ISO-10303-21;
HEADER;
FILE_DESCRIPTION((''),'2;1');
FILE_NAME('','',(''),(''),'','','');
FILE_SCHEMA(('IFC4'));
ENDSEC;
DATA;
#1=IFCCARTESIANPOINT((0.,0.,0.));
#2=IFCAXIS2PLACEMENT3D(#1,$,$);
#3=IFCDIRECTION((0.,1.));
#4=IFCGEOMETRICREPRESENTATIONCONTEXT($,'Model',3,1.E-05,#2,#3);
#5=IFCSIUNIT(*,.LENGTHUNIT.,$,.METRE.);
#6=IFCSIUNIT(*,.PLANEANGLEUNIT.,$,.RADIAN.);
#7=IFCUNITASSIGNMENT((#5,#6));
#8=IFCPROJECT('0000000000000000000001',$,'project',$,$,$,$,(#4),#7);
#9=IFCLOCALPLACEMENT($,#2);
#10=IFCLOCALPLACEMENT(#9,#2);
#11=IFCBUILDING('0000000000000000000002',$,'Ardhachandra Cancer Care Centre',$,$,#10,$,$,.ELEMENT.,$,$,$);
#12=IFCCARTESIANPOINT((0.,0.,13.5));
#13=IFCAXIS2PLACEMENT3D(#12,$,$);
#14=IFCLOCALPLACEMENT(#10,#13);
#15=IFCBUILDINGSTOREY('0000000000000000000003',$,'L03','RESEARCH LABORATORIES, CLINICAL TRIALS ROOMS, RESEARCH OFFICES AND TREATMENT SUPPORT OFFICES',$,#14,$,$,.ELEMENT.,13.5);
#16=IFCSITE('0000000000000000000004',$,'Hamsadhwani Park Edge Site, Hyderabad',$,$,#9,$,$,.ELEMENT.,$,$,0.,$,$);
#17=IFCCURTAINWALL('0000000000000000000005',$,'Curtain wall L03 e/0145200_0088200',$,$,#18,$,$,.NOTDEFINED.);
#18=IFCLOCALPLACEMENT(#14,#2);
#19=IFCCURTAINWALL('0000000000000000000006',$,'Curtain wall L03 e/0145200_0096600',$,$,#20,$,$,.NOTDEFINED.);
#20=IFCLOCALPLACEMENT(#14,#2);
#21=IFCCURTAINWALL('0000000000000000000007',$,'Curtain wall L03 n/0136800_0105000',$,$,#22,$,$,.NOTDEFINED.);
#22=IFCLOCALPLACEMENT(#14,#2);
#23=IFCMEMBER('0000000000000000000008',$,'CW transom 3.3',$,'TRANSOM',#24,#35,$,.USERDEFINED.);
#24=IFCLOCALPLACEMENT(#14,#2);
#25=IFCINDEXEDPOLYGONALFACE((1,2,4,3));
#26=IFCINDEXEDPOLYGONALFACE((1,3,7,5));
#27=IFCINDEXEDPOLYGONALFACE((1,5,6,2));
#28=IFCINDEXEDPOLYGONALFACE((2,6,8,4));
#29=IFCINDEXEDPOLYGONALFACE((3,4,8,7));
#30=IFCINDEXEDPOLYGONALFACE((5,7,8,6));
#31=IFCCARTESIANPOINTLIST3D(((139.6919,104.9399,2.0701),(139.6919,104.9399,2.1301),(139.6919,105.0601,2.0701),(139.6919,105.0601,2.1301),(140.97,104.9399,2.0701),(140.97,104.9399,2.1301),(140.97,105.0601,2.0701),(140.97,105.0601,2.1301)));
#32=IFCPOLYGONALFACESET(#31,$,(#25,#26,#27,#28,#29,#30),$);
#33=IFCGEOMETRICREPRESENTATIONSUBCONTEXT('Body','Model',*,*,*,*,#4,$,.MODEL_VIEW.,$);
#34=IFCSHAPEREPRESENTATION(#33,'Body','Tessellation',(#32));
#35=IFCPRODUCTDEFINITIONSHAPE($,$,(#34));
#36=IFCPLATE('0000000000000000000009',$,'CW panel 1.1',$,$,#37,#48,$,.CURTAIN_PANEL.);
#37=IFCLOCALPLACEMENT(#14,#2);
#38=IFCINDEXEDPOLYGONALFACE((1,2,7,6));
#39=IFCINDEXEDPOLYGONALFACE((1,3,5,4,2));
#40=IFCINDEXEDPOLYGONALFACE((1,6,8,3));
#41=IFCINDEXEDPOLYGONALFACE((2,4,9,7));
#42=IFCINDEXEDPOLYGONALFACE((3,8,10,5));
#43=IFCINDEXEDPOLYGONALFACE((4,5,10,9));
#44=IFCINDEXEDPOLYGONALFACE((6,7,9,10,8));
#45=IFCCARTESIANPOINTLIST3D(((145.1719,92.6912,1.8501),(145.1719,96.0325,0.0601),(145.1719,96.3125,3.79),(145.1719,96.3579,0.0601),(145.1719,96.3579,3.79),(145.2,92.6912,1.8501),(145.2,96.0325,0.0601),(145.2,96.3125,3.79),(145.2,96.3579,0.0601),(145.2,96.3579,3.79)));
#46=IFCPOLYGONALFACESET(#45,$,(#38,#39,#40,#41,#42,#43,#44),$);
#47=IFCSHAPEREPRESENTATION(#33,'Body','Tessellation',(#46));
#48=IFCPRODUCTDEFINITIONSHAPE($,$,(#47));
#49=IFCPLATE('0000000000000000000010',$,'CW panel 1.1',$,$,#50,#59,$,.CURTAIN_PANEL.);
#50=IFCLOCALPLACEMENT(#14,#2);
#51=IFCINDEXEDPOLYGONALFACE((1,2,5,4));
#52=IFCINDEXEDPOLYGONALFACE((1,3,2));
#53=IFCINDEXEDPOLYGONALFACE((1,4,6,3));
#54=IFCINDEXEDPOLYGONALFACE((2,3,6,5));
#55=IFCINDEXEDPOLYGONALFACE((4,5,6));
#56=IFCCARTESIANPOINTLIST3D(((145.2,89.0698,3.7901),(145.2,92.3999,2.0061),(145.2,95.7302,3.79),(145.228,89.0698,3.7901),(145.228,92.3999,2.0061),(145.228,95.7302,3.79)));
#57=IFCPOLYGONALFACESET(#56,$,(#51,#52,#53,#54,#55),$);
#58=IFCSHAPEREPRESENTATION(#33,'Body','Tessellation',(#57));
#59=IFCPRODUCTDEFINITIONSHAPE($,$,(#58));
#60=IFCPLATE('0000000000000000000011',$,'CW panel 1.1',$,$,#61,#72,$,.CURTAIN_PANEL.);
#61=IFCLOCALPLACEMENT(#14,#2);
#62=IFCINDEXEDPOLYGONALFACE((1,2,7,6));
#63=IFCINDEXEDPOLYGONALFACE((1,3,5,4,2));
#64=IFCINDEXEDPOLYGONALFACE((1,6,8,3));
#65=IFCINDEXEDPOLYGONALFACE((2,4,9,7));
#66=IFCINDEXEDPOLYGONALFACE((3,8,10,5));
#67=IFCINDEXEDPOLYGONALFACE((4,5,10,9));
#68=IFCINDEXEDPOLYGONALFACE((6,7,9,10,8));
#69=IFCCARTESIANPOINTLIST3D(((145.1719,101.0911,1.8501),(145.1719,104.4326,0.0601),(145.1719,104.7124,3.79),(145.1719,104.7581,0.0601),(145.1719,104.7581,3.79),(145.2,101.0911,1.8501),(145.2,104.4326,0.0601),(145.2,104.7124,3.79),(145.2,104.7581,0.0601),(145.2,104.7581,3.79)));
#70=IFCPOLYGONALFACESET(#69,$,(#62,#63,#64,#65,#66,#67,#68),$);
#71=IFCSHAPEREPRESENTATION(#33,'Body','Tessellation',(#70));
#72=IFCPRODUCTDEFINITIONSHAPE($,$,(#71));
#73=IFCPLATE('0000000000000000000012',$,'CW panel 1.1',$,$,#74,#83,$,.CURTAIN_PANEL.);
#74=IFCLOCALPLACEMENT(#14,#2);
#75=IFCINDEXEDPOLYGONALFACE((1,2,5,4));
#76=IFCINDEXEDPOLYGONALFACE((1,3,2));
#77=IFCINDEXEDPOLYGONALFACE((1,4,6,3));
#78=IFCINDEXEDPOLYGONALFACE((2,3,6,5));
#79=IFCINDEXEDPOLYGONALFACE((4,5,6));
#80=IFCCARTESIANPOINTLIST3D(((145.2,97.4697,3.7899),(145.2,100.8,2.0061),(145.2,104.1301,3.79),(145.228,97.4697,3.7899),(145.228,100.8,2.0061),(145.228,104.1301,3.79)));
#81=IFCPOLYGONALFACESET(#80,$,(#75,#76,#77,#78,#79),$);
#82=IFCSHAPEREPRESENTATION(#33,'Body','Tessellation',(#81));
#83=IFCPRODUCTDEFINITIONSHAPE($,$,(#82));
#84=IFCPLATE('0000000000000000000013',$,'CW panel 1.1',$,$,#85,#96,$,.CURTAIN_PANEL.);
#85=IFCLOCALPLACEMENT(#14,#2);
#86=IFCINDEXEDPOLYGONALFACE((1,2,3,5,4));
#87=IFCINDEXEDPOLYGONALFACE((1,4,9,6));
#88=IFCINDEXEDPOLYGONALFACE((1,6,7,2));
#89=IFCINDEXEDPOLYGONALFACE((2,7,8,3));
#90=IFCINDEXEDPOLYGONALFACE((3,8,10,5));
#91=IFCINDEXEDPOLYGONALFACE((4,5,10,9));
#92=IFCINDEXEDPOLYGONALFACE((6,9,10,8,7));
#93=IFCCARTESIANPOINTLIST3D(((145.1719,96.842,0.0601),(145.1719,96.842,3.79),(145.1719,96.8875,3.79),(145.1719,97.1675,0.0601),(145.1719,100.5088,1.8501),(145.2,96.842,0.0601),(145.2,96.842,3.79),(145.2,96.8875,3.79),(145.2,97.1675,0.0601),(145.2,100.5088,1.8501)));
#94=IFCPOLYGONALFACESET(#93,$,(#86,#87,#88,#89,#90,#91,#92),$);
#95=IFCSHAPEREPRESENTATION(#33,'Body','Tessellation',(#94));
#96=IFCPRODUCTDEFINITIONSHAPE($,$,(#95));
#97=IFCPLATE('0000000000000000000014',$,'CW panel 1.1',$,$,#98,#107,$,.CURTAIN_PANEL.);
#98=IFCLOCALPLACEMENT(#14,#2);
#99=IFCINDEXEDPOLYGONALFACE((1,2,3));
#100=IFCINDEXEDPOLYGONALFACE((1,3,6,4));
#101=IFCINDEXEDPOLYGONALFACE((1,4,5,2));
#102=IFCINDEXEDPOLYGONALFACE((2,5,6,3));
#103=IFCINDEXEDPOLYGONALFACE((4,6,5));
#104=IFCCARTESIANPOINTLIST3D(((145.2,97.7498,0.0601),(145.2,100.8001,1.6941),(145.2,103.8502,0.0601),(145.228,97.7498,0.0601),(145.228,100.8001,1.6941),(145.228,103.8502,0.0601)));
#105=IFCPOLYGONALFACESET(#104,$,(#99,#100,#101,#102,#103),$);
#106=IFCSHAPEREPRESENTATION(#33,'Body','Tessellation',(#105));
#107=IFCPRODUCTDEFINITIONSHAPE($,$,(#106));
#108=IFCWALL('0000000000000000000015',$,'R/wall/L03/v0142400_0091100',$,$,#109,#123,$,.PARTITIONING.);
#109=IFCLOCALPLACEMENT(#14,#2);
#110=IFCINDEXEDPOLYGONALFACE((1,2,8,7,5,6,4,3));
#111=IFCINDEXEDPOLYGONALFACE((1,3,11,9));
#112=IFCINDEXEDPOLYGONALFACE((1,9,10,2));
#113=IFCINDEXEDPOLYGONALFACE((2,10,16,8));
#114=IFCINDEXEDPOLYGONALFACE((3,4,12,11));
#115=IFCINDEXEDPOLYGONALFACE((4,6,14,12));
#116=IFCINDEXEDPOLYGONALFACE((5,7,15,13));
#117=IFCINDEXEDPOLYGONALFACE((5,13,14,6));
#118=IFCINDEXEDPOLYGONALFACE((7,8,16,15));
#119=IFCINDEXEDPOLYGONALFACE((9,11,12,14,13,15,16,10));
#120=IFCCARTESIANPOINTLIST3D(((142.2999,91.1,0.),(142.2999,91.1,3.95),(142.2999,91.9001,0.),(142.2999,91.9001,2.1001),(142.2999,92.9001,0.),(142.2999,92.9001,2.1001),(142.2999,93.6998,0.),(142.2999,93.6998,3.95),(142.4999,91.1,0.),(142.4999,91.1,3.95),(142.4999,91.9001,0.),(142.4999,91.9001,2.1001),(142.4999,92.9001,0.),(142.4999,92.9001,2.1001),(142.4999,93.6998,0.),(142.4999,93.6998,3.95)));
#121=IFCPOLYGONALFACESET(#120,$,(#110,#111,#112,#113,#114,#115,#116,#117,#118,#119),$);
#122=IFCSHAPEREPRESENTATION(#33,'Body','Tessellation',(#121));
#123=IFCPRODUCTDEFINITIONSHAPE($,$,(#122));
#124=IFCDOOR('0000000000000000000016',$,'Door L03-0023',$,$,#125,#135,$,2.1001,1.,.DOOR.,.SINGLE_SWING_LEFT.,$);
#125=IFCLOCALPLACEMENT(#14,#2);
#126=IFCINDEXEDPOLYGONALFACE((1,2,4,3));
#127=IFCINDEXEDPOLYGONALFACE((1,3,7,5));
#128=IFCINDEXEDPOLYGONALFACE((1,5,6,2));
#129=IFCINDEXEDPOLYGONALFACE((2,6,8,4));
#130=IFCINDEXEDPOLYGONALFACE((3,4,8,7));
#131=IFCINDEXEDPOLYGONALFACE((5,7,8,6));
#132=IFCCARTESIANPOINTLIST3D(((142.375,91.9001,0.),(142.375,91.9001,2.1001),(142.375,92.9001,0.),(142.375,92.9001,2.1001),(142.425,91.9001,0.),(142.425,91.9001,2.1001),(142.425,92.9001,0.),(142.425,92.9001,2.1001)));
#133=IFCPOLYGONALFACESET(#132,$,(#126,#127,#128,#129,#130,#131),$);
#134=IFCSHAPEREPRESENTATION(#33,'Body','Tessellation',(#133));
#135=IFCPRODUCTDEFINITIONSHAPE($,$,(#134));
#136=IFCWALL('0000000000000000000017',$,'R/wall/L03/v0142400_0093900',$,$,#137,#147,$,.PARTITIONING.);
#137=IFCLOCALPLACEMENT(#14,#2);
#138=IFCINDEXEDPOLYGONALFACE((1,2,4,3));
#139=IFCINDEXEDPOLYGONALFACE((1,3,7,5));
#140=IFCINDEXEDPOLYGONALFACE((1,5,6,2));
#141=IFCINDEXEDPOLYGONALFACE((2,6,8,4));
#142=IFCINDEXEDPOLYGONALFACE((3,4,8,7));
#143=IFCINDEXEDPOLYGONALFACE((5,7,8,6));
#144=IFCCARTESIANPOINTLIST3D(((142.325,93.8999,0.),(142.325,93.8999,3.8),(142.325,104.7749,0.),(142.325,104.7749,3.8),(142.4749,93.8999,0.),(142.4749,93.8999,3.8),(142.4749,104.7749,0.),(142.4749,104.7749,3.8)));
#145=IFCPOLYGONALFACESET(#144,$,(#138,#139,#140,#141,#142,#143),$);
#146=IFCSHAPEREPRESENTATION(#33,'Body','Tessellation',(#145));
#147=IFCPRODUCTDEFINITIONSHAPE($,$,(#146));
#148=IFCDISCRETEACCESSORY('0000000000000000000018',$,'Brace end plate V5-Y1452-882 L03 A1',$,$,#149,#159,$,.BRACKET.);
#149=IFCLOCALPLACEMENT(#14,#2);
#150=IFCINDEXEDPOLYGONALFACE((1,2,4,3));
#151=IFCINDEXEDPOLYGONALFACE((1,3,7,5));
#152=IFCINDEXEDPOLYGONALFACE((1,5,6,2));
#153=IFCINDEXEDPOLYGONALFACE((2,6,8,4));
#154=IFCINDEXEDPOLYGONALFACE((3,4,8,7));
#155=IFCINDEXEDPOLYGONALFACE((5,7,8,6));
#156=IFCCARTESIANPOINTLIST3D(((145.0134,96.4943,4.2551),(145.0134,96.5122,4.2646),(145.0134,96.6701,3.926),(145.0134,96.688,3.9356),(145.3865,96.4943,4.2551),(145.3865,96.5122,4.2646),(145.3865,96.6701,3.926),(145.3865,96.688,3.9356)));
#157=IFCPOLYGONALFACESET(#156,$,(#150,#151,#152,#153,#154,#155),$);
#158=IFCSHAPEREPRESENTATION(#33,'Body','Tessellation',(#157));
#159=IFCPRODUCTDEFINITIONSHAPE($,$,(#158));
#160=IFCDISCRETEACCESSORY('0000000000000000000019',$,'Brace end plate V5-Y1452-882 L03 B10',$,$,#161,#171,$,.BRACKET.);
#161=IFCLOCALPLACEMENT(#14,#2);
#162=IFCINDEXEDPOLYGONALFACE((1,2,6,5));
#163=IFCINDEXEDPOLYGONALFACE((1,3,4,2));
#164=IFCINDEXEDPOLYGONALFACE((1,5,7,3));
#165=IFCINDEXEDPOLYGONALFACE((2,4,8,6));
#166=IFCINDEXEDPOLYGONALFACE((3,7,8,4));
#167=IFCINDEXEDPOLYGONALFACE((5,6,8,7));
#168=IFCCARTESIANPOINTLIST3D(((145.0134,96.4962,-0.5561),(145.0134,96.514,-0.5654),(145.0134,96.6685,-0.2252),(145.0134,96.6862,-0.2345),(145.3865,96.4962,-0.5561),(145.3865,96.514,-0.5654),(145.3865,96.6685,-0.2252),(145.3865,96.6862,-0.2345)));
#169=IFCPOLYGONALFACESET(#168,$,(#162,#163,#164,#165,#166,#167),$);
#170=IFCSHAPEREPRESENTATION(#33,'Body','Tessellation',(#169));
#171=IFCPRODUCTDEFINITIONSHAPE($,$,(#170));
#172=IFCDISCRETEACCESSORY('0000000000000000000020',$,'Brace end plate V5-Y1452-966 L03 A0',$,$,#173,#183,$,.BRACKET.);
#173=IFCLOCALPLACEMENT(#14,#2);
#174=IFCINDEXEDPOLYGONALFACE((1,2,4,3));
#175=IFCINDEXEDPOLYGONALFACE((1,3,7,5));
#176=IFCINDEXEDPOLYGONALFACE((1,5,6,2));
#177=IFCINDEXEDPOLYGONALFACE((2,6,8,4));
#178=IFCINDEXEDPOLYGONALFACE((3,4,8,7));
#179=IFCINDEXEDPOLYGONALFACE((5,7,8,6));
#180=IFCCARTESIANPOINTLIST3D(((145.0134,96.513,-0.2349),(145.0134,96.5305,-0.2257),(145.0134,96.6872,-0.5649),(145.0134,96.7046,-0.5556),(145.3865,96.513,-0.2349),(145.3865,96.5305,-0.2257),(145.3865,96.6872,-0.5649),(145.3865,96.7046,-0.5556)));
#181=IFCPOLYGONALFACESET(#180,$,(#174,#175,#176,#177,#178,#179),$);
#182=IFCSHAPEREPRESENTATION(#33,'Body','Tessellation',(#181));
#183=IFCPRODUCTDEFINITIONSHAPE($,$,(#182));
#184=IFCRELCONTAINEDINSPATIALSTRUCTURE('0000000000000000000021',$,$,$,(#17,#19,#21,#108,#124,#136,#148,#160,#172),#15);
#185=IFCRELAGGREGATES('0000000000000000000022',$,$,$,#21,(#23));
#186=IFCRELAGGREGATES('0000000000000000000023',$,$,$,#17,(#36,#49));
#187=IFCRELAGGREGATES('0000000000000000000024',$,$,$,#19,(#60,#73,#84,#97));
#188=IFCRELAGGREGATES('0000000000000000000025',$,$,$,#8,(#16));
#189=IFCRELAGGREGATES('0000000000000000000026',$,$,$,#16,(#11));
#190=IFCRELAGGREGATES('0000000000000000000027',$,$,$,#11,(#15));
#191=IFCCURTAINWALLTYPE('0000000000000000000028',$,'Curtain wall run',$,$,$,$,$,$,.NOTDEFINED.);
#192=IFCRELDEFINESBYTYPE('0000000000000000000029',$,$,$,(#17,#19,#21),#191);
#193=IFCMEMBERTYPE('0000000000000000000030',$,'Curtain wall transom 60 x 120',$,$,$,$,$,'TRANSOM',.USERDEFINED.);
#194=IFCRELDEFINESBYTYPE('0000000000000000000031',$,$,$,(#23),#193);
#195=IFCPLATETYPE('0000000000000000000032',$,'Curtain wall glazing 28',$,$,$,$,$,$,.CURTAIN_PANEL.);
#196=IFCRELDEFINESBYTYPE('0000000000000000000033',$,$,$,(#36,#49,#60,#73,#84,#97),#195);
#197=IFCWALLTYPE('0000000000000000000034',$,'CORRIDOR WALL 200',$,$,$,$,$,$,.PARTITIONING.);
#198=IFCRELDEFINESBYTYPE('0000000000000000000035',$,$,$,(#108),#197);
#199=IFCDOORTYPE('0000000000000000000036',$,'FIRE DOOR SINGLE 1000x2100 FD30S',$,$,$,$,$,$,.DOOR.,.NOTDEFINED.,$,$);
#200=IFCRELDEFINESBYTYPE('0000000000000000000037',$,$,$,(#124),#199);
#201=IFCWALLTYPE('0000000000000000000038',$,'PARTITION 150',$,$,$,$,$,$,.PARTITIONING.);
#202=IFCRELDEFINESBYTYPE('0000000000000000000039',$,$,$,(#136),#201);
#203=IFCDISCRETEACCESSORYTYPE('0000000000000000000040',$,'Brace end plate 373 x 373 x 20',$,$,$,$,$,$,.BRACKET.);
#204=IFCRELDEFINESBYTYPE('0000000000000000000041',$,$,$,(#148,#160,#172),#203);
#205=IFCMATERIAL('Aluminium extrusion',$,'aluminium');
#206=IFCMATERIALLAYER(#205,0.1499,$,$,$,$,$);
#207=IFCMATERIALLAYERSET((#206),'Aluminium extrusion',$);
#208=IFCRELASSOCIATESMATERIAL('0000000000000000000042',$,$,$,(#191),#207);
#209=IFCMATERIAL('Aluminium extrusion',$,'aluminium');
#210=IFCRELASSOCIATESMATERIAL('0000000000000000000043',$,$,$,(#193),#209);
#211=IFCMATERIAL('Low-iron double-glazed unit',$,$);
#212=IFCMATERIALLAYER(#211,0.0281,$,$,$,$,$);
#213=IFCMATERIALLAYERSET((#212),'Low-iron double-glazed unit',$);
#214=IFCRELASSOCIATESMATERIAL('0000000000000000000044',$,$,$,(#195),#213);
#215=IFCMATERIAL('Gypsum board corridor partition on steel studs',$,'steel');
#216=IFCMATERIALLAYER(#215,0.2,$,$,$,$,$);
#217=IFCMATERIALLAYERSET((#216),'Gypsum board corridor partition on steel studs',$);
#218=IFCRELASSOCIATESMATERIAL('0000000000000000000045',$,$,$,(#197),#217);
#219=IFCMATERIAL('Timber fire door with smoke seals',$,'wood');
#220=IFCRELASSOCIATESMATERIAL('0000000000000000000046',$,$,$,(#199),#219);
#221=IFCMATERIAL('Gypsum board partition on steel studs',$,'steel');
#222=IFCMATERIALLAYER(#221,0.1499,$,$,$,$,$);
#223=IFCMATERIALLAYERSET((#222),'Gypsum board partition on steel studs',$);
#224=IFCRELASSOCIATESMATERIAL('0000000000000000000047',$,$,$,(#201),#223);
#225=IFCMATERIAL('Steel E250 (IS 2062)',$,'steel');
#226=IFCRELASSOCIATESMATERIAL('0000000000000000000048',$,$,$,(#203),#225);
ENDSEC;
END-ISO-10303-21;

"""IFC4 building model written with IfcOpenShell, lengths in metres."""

from ifc_helpers import new_model, si_unit, direction, frame, frame_2d, origin, origin_2d, place, context, subcontext, project, spatial, polyline, rectangle, outline, extrude, material, layer, layer_set, material_profile, profile_set, type_object, element, fill, aggregate, save


model = new_model("IFC4")

# Units and contexts
model_context = context("Model", 3, precision=1e-05, world=origin(), true_north=direction((0.0, 1.0)))
body_context = subcontext(model_context, "Body", "Model", "MODEL_VIEW")
ifc_project = project(units=[si_unit("LENGTHUNIT", "METRE"), si_unit("PLANEANGLEUNIT", "RADIAN")], contexts=[model_context])

# Site, building, storey
site_placement = place(None, origin())
site = spatial("IfcSite", under=ifc_project, at=site_placement, Name="Hamsadhwani Park Edge Site, Hyderabad", CompositionType="ELEMENT", RefElevation=0.0)
building_placement = place(site_placement, origin())
building = spatial("IfcBuilding", under=site, at=building_placement, Name="Ardhachandra Cancer Care Centre", CompositionType="ELEMENT")
storey_placement = place(building_placement, frame((0.0, 0.0, 13.5)))
storey = spatial("IfcBuildingStorey", under=building, at=storey_placement, Name="L03", Description="RESEARCH LABORATORIES, CLINICAL TRIALS ROOMS, RESEARCH OFFICES AND TREATMENT SUPPORT OFFICES", CompositionType="ELEMENT", Elevation=13.5)

# Curtain wall
ifc_material_1 = material(Name="Aluminium extrusion", Category="aluminium")
ifc_layer_1 = layer(ifc_material_1, 0.1499)
ifc_layer_set_1 = layer_set([ifc_layer_1], Name="Aluminium extrusion")
curtain_wall_type = type_object("IfcCurtainWallType", Name="Curtain wall run", PredefinedType="NOTDEFINED", material=ifc_layer_set_1)
curtain_wall_1_placement = place(storey_placement, origin())
curtain_wall_1 = element("IfcCurtainWall", 1, at=curtain_wall_1_placement, inside=storey, type_object=curtain_wall_type, Name="Curtain wall L03 e/0145200_0088200", PredefinedType="NOTDEFINED")

# Curtain wall
curtain_wall_2_placement = place(storey_placement, origin())
curtain_wall_2 = element("IfcCurtainWall", 2, at=curtain_wall_2_placement, inside=storey, type_object=curtain_wall_type, Name="Curtain wall L03 e/0145200_0096600", PredefinedType="NOTDEFINED")

# Shared definitions
ifc_material_2 = material(Name="Aluminium extrusion", Category="aluminium")
ifc_material_profile_1 = material_profile(ifc_material_2, rectangle(XDim=0.1201, YDim=0.0601, at=origin_2d()), Name="Curtain wall transom 60 x 120")
ifc_profile_set_1 = profile_set([ifc_material_profile_1], Name="Aluminium extrusion")
member_type_1 = type_object("IfcMemberType", Name="Curtain wall transom 60 x 120", ElementType="TRANSOM", PredefinedType="USERDEFINED", material=ifc_profile_set_1)

# Curtain wall, member
curtain_wall_3_placement = place(storey_placement, origin())
curtain_wall_3 = element("IfcCurtainWall", 3, at=curtain_wall_3_placement, inside=storey, type_object=curtain_wall_type, Name="Curtain wall L03 n/0136800_0105000", PredefinedType="NOTDEFINED")
member_1_placement = place(storey_placement, frame((139.6919, 105.0, 2.1001), z_axis=(1.0, 0.0, 0.0), x_axis=(0.0, 1.0, 0.0)))
member_1 = element("IfcMember", 4, at=member_1_placement, type_object=member_type_1, Name="CW transom 3.3", ObjectType="TRANSOM", PredefinedType="USERDEFINED", context=body_context, shape_type="SweptSolid", body=[
    extrude(rectangle(XDim=0.1201, YDim=0.0601, at=origin_2d()), origin(), (0.0, 0.0, 1.0), 1.2781),
])
aggregate(curtain_wall_3, [member_1])

# Plates
ifc_material_3 = material(Name="Low-iron double-glazed unit")
ifc_layer_2 = layer(ifc_material_3, 0.0281)
ifc_layer_set_2 = layer_set([ifc_layer_2], Name="Low-iron double-glazed unit")
plate_type = type_object("IfcPlateType", Name="Curtain wall glazing 28", PredefinedType="CURTAIN_PANEL", material=ifc_layer_set_2)
plate_1_placement = place(storey_placement, frame((145.2, 96.3579, 3.79), z_axis=(-1.0, 0.0, 0.0), x_axis=(0.0, 0.0, -1.0)))
plate_1 = element("IfcPlate", 5, at=plate_1_placement, type_object=plate_type, Name="CW panel 1.1", PredefinedType="CURTAIN_PANEL", context=body_context, shape_type="SweptSolid", body=[
    extrude(outline(polyline([(0.0, 0.0), (3.73, 0.0), (3.73, 0.3254), (1.9399, 3.6667), (0.0, 0.0454), (0.0, 0.0)])), origin(), (0.0, 0.0, 1.0), 0.0281),
])
plate_2_placement = place(storey_placement, frame((145.2, 95.7302, 3.79), z_axis=(-1.0, 0.0, 0.0), x_axis=(0.0, -0.881498, -0.472187)))
plate_2 = element("IfcPlate", 6, at=plate_2_placement, type_object=plate_type, Name="CW panel 1.1", PredefinedType="CURTAIN_PANEL", context=body_context, shape_type="SweptSolid", body=[
    extrude(outline(polyline([(0.0, 0.0), (3.7781, 0.0), (5.8711, 3.145), (0.0, 0.0)])), frame((0.0, 0.0, -0.0281)), (0.0, 0.0, 1.0), 0.0281),
])
aggregate(curtain_wall_1, [plate_1, plate_2])
plate_3_placement = place(storey_placement, frame((145.2, 104.7581, 3.79), z_axis=(-1.0, 0.0, 0.0), x_axis=(0.0, 0.0, -1.0)))
plate_3 = element("IfcPlate", 7, at=plate_3_placement, type_object=plate_type, Name="CW panel 1.1", PredefinedType="CURTAIN_PANEL", context=body_context, shape_type="SweptSolid", body=[
    extrude(outline(polyline([(0.0, 0.0), (3.73, 0.0), (3.73, 0.3254), (1.9399, 3.667), (0.0, 0.0457), (0.0, 0.0)])), origin(), (0.0, 0.0, 1.0), 0.0281),
])
plate_4_placement = place(storey_placement, frame((145.2, 104.1301, 3.79), z_axis=(-1.0, 0.0, 0.0), x_axis=(0.0, -0.881484, -0.472214)))
plate_4 = element("IfcPlate", 8, at=plate_4_placement, type_object=plate_type, Name="CW panel 1.1", PredefinedType="CURTAIN_PANEL", context=body_context, shape_type="SweptSolid", body=[
    extrude(outline(polyline([(0.0, 0.0), (3.7778, 0.0), (5.8711, 3.145), (0.0, 0.0)])), frame((0.0, 0.0, -0.0281)), (0.0, 0.0, 1.0), 0.0281),
])
plate_5_placement = place(storey_placement, frame((145.2, 96.842, 0.0601), z_axis=(-1.0, 0.0, 0.0), x_axis=(0.0, 0.0, 1.0)))
plate_5 = element("IfcPlate", 9, at=plate_5_placement, type_object=plate_type, Name="CW panel 1.1", PredefinedType="CURTAIN_PANEL", context=body_context, shape_type="SweptSolid", body=[
    extrude(outline(polyline([(0.0, 0.0), (3.73, 0.0), (3.73, 0.0454), (1.79, 3.6667), (0.0, 0.3254), (0.0, 0.0)])), origin(), (0.0, 0.0, 1.0), 0.0281),
])
plate_6_placement = place(storey_placement, frame((145.2, 97.7498, 0.0601), z_axis=(-1.0, 0.0, 0.0), x_axis=(0.0, 0.881486, 0.47221)))
plate_6 = element("IfcPlate", 10, at=plate_6_placement, type_object=plate_type, Name="CW panel 1.1", PredefinedType="CURTAIN_PANEL", context=body_context, shape_type="SweptSolid", body=[
    extrude(outline(polyline([(0.0, 0.0), (3.4604, 0.0), (5.3774, 2.8806), (0.0, 0.0)])), frame((0.0, 0.0, -0.0281)), (0.0, 0.0, 1.0), 0.0281),
])
aggregate(curtain_wall_2, [plate_3, plate_4, plate_5, plate_6])

# Wall, opening, door
ifc_material_4 = material(Name="Gypsum board corridor partition on steel studs", Category="steel")
ifc_layer_3 = layer(ifc_material_4, 0.2)
ifc_layer_set_3 = layer_set([ifc_layer_3], Name="Gypsum board corridor partition on steel studs")
wall_type_1 = type_object("IfcWallType", Name="CORRIDOR WALL 200", PredefinedType="PARTITIONING", material=ifc_layer_set_3)
wall_1_placement = place(storey_placement, frame((142.3999, 91.1001, 0.0), z_axis=(0.0, 0.0, 1.0), x_axis=(0.0, 1.0, 0.0)))
wall_1 = element("IfcWall", 11, at=wall_1_placement, inside=storey, type_object=wall_type_1, Name="R/wall/L03/v0142400_0091100", PredefinedType="PARTITIONING", context=body_context, shape_type="SweptSolid", body=[
    extrude(rectangle(XDim=2.5999, YDim=0.2, at=frame_2d((1.2998, 0.0))), origin(), (0.0, 0.0, 1.0), 3.95),
])
opening_placement = place(wall_1_placement, frame((0.8, 0.0, 0.0)))
opening = element("IfcOpeningElement", 12, at=opening_placement, cuts=wall_1, PredefinedType="OPENING", context=body_context, shape_type="SweptSolid", body=[
    extrude(rectangle(XDim=1.0, YDim=2.1001, at=frame_2d((0.5, 1.05))), frame((0.0, 0.1099, 0.0), z_axis=(0.0, -1.0, 0.0), x_axis=(1.0, 0.0, 0.0)), (0.0, 0.0, 1.0), 0.22),
])
ifc_material_5 = material(Name="Timber fire door with smoke seals", Category="wood")
door_type = type_object("IfcDoorType", Name="FIRE DOOR SINGLE 1000x2100 FD30S", OperationType="NOTDEFINED", PredefinedType="DOOR", material=ifc_material_5)
door_placement = place(opening_placement, origin())
door = element("IfcDoor", 13, at=door_placement, inside=storey, type_object=door_type, Name="Door L03-0023", OperationType="SINGLE_SWING_LEFT", OverallHeight=2.1001, OverallWidth=1.0, PredefinedType="DOOR", context=body_context, shape_type="SweptSolid", body=[
    extrude(rectangle(XDim=1.0, YDim=2.1001, at=frame_2d((0.5, 1.05))), frame((0.0, 0.0249, 0.0), z_axis=(0.0, -1.0, 0.0), x_axis=(1.0, 0.0, 0.0)), (0.0, 0.0, 1.0), 0.05),
])
fill(opening, door)

# Wall
ifc_material_6 = material(Name="Gypsum board partition on steel studs", Category="steel")
ifc_layer_4 = layer(ifc_material_6, 0.1499)
ifc_layer_set_4 = layer_set([ifc_layer_4], Name="Gypsum board partition on steel studs")
wall_type_2 = type_object("IfcWallType", Name="PARTITION 150", PredefinedType="PARTITIONING", material=ifc_layer_set_4)
wall_2_placement = place(storey_placement, frame((142.3999, 93.8999, 0.0), z_axis=(0.0, 0.0, 1.0), x_axis=(0.0, 1.0, 0.0)))
element("IfcWall", 14, at=wall_2_placement, inside=storey, type_object=wall_type_2, Name="R/wall/L03/v0142400_0093900", PredefinedType="PARTITIONING", context=body_context, shape_type="SweptSolid", body=[
    extrude(rectangle(XDim=10.875, YDim=0.1499, at=frame_2d((5.4375, 0.0))), origin(), (0.0, 0.0, 1.0), 3.8),
])

# Discrete accessories
ifc_material_7 = material(Name="Steel E250 (IS 2062)", Category="steel")
ifc_material_profile_2 = material_profile(ifc_material_7, rectangle(XDim=0.373, YDim=0.373, at=origin_2d()), Name="PL 373x373x20")
ifc_profile_set_2 = profile_set([ifc_material_profile_2], Name="Steel E250 (IS 2062)")
discrete_accessory_type_1 = type_object("IfcDiscreteAccessoryType", Name="Brace end plate 373 x 373 x 20", PredefinedType="BRACKET", material=ifc_profile_set_2)
discrete_accessory_1_placement = place(storey_placement, frame((145.2, 96.6001, 4.1001), z_axis=(0.0, -0.882018, -0.471215), x_axis=(1.0, 0.0, 0.0)))
element("IfcDiscreteAccessory", 15, at=discrete_accessory_1_placement, inside=storey, type_object=discrete_accessory_type_1, Name="Brace end plate V5-Y1452-882 L03 A1", PredefinedType="BRACKET", context=body_context, shape_type="SweptSolid", body=[
    extrude(rectangle(XDim=0.373, YDim=0.373, at=origin_2d()), origin(), (0.0, 0.0, 1.0), 0.0203),
])
discrete_accessory_2_placement = place(storey_placement, frame((145.2, 96.6001, -0.3999), z_axis=(0.0, -0.887018, 0.461735), x_axis=(1.0, 0.0, 0.0)))
element("IfcDiscreteAccessory", 16, at=discrete_accessory_2_placement, inside=storey, type_object=discrete_accessory_type_1, Name="Brace end plate V5-Y1452-882 L03 B10", PredefinedType="BRACKET", context=body_context, shape_type="SweptSolid", body=[
    extrude(rectangle(XDim=0.373, YDim=0.373, at=origin_2d()), origin(), (0.0, 0.0, 1.0), 0.02),
])
discrete_accessory_3_placement = place(storey_placement, frame((145.2, 96.6001, -0.3999), z_axis=(0.0, 0.884385, 0.466759), x_axis=(-1.0, 0.0, 0.0)))
element("IfcDiscreteAccessory", 17, at=discrete_accessory_3_placement, inside=storey, type_object=discrete_accessory_type_1, Name="Brace end plate V5-Y1452-966 L03 A0", PredefinedType="BRACKET", context=body_context, shape_type="SweptSolid", body=[
    extrude(rectangle(XDim=0.373, YDim=0.373, at=origin_2d()), origin(), (0.0, 0.0, 1.0), 0.0198),
])

save(model, "model.ifc")
